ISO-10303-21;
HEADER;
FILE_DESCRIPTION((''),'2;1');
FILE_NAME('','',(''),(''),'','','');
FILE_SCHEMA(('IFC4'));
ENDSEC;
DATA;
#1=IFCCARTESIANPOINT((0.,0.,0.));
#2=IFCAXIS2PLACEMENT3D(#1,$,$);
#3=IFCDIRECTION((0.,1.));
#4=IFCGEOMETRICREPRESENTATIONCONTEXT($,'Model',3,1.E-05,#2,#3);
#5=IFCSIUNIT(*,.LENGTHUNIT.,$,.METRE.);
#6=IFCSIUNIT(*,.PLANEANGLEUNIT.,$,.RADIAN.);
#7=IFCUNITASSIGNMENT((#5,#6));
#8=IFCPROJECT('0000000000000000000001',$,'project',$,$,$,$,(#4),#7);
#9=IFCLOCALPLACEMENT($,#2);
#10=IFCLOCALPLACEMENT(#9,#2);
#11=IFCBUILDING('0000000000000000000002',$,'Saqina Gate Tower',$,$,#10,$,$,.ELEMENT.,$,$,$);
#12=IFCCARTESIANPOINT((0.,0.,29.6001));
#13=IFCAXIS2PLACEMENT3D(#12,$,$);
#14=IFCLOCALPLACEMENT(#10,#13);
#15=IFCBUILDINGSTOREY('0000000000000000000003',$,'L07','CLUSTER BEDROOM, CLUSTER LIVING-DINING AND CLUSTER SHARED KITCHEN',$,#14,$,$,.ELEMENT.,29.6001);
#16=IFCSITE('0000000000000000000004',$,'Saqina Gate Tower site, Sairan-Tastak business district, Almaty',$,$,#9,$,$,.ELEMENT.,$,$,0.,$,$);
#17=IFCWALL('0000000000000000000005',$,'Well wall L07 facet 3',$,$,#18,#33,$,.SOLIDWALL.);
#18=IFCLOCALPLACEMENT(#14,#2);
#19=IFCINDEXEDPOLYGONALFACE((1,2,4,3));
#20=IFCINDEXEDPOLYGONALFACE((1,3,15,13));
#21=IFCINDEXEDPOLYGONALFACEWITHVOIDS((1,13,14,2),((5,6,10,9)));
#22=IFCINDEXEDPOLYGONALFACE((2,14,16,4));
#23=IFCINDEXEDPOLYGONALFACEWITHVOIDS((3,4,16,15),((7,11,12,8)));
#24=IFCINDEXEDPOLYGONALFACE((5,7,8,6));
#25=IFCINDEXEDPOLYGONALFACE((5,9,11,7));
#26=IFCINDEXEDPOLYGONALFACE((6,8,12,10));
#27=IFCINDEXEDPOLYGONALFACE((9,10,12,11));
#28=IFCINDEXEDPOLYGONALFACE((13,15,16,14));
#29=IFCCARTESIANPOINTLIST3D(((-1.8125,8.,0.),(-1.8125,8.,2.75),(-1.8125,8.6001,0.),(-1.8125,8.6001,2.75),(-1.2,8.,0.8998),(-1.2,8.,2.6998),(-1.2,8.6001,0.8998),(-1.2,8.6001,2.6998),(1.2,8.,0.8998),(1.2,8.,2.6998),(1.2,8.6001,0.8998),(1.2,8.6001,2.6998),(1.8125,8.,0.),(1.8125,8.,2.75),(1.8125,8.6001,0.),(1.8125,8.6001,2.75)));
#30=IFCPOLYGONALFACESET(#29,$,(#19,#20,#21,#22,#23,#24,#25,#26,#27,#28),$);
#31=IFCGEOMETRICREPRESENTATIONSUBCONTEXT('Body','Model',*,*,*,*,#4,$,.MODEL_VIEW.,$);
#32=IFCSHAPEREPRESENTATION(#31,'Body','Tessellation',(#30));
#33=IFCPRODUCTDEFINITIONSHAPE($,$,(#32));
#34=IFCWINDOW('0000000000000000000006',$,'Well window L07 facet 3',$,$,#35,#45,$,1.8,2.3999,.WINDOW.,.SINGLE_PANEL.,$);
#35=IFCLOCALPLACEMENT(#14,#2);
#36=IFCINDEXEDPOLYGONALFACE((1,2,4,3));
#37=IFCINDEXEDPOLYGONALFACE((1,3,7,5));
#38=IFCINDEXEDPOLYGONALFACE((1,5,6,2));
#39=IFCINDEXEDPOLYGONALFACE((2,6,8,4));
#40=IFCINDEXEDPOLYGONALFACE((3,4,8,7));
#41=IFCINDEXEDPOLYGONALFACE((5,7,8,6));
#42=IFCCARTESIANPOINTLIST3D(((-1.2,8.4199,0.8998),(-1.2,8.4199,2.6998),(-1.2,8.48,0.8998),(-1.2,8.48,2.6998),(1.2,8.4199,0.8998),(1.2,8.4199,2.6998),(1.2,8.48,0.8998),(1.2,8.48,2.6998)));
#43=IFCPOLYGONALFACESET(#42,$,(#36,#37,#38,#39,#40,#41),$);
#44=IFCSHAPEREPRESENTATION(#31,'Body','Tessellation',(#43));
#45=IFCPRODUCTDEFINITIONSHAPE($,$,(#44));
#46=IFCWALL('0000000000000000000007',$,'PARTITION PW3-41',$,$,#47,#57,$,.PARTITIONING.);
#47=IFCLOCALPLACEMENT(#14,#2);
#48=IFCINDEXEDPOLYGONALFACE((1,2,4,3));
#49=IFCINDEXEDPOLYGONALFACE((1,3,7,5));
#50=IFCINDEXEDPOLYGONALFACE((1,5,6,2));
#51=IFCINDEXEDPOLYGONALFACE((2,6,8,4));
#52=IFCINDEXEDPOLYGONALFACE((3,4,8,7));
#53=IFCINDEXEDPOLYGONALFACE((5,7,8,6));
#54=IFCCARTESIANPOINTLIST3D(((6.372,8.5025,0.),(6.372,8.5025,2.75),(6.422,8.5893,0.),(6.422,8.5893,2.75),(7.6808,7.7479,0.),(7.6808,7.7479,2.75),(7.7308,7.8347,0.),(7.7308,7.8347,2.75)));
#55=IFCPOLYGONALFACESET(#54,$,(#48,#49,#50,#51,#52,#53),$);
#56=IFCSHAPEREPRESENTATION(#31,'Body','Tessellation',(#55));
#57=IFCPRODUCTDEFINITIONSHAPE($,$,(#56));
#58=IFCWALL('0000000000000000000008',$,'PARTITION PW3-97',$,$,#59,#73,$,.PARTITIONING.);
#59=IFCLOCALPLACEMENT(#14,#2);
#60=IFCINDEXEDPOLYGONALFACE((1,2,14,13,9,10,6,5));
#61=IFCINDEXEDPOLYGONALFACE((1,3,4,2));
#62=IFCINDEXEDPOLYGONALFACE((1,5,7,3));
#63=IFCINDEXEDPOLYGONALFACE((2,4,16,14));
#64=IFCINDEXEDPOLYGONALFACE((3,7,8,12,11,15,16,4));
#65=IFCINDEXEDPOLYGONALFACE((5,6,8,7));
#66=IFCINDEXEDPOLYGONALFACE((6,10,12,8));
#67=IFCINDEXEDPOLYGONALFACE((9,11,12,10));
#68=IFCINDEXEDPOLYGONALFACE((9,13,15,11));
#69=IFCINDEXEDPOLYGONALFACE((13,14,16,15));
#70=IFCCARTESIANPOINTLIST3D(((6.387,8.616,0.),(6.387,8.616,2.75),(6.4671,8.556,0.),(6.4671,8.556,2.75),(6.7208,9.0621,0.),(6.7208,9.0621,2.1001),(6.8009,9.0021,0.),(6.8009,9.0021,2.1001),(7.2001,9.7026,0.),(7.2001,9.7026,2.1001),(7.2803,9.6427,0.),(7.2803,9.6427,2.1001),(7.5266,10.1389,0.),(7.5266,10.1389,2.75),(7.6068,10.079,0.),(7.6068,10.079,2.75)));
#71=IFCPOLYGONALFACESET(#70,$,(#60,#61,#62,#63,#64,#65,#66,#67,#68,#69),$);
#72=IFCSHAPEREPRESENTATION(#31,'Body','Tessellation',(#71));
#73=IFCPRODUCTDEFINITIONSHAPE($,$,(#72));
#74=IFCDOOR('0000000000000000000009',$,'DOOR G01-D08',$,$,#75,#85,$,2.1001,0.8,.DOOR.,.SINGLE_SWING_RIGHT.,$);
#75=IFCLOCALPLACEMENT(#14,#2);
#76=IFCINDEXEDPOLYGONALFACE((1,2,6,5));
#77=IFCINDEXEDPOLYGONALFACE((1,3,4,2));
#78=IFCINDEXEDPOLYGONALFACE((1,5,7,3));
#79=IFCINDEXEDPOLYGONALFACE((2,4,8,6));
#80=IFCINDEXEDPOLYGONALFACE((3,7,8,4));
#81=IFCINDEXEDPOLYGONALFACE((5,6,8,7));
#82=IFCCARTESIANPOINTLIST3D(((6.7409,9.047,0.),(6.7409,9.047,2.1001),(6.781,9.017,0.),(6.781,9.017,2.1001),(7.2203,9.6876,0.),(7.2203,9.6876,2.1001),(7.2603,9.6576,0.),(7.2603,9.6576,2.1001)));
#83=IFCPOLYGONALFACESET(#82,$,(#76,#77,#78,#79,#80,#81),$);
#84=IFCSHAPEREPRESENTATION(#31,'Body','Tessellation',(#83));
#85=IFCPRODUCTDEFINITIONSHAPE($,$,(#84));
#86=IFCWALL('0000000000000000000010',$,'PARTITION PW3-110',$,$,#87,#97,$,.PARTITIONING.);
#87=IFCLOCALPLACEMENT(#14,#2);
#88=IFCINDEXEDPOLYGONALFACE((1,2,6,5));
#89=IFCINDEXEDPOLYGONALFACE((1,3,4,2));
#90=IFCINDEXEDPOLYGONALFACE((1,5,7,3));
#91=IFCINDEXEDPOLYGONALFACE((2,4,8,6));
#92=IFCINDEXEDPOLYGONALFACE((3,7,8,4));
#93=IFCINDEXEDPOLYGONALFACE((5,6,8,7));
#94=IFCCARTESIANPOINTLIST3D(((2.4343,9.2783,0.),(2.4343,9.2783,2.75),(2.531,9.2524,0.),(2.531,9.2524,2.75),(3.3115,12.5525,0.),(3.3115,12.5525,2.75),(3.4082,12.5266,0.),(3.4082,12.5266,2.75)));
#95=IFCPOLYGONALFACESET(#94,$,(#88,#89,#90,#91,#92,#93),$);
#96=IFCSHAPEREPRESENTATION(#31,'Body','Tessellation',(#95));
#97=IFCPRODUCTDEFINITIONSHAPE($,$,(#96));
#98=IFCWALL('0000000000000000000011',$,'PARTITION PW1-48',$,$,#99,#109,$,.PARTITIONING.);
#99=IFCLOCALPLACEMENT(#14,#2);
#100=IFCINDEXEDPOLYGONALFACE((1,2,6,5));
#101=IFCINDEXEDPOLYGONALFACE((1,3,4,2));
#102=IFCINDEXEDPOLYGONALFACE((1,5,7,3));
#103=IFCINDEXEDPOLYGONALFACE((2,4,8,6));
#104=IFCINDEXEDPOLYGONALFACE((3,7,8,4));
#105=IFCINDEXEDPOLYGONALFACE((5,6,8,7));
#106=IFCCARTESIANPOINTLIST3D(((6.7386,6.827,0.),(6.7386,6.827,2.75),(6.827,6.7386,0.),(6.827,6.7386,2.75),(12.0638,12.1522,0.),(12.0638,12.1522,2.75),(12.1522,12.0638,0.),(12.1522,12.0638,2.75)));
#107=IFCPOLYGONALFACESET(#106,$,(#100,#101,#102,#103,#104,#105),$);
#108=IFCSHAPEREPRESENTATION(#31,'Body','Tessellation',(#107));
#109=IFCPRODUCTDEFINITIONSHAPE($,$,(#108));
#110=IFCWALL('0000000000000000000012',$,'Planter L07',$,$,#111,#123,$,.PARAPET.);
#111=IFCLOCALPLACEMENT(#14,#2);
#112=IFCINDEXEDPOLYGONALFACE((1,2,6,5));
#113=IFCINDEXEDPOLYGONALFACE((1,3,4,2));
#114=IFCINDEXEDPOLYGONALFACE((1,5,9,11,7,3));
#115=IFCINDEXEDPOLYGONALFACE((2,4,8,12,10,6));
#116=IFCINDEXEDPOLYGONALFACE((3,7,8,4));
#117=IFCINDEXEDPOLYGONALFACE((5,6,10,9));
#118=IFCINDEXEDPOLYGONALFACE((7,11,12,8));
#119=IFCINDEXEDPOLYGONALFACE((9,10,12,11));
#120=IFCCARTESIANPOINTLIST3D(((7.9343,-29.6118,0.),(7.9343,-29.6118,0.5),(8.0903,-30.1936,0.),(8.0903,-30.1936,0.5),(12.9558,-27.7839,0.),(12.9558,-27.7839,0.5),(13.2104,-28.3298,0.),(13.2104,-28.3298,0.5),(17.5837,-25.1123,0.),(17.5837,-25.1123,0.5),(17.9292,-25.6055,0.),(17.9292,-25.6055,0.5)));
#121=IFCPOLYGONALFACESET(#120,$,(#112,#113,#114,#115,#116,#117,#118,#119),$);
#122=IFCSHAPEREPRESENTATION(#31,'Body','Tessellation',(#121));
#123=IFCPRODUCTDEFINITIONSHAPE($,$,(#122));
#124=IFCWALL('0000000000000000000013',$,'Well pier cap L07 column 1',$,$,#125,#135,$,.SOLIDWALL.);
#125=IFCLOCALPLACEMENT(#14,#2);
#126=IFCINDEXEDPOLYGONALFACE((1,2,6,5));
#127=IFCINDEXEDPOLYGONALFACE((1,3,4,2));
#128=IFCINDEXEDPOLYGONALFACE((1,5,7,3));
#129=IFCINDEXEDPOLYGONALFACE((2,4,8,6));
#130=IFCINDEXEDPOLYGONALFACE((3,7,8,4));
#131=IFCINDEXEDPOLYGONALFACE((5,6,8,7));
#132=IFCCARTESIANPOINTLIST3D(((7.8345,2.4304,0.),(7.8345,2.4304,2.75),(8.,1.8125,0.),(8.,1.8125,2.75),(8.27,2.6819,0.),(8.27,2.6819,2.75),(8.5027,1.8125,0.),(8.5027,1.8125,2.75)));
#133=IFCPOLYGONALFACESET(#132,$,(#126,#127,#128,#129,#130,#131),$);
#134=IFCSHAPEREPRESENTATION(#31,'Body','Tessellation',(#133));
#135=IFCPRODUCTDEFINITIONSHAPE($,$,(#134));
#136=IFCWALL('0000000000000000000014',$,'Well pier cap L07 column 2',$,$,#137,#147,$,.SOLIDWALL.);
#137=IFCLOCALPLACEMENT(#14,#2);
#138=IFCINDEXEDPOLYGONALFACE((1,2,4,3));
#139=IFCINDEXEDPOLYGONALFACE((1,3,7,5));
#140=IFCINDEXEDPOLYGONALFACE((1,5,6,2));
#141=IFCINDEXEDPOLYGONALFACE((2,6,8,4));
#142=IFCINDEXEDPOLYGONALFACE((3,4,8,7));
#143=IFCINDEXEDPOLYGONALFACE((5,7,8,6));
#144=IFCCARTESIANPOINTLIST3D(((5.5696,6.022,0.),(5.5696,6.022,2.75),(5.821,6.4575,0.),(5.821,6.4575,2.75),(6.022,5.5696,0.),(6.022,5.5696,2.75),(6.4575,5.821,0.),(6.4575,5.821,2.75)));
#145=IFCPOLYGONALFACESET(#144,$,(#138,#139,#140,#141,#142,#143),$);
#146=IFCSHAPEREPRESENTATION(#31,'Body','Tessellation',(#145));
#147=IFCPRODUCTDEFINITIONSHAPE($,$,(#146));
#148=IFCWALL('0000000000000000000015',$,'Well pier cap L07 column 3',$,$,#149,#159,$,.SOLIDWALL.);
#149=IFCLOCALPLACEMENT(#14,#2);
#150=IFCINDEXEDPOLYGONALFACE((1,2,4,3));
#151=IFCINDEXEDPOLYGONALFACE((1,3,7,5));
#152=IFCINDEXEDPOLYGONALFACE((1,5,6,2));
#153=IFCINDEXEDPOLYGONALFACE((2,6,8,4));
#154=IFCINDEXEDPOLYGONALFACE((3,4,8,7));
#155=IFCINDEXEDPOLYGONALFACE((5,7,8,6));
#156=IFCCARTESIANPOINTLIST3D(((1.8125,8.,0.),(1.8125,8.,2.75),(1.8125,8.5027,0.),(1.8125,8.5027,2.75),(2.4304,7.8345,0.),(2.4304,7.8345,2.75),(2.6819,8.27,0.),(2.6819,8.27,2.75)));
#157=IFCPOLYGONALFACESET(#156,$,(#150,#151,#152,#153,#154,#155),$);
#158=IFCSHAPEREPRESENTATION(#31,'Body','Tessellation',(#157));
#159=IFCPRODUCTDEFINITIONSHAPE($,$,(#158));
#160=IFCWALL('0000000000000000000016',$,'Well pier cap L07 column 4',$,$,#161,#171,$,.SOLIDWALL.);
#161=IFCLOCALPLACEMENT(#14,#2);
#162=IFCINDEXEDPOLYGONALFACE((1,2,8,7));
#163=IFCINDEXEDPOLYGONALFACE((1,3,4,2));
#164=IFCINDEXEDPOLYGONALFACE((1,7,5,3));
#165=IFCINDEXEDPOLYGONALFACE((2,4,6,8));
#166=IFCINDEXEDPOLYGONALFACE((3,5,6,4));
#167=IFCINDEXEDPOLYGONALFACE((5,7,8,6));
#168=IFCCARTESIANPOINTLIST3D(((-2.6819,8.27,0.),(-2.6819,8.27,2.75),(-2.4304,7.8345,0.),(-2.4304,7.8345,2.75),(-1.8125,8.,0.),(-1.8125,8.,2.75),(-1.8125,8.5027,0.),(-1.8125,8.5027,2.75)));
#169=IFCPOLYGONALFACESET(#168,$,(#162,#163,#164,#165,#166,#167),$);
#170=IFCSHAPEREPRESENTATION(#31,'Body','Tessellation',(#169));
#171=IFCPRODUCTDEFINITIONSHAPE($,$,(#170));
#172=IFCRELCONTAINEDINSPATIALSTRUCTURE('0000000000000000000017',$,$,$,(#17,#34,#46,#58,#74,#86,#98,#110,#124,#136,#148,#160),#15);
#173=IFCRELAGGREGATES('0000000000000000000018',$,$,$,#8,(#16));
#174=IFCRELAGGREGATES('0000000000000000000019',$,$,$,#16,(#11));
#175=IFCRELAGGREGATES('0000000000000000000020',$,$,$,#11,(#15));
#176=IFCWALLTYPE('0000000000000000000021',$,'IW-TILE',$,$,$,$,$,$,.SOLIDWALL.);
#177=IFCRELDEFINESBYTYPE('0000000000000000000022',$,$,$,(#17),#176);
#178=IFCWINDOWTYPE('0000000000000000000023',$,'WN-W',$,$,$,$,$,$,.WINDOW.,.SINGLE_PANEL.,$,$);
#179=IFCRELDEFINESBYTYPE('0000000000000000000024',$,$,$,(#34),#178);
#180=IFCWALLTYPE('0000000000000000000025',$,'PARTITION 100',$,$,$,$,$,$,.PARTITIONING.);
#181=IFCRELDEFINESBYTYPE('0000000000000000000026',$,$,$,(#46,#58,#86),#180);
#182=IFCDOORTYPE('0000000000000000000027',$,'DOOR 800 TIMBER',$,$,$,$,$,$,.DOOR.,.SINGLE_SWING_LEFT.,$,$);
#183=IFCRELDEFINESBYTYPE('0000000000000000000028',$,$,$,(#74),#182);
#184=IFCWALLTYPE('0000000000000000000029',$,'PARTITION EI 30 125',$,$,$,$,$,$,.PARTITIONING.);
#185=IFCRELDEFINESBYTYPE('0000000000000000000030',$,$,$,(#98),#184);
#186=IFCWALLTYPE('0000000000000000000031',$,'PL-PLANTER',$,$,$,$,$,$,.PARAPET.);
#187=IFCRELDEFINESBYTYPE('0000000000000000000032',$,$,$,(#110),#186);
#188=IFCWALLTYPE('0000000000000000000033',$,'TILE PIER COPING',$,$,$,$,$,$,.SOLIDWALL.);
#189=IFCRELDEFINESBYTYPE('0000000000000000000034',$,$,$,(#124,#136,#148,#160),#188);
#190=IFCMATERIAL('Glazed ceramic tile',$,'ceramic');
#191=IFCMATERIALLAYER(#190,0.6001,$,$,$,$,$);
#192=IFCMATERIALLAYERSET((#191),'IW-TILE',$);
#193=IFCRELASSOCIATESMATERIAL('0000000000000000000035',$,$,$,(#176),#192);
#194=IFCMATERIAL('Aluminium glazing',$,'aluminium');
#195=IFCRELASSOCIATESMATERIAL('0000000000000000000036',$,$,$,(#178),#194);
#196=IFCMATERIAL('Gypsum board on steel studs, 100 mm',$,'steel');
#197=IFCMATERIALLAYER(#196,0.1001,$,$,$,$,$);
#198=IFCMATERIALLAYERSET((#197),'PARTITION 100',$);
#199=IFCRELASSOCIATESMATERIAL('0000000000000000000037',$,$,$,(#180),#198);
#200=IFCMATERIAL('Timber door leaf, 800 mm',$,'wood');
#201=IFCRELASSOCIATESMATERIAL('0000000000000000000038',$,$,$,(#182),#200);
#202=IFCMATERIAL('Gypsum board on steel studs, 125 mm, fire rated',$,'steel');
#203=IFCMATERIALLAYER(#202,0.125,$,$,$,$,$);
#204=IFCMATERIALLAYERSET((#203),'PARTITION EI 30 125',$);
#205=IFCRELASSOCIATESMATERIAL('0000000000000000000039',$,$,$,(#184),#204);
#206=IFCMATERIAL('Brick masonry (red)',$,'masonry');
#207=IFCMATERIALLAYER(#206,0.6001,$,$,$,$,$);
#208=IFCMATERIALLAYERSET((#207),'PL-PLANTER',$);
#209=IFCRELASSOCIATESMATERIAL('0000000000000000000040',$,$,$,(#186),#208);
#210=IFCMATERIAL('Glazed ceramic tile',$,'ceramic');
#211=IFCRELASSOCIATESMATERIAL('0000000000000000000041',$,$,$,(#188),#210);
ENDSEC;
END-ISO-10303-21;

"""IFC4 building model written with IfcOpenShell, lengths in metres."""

from ifc_helpers import new_model, si_unit, direction, frame, frame_2d, origin, place, context, subcontext, project, spatial, polyline, rectangle, outline, extrude, material, layer, layer_set, type_object, element, fill, save


model = new_model("IFC4")

# Units and contexts
model_context = context("Model", 3, precision=1e-05, world=origin(), true_north=direction((0.0, 1.0)))
body_context = subcontext(model_context, "Body", "Model", "MODEL_VIEW")
ifc_project = project(units=[si_unit("LENGTHUNIT", "METRE"), si_unit("PLANEANGLEUNIT", "RADIAN")], contexts=[model_context])

# Site, building, storey
site_placement = place(None, origin())
site = spatial("IfcSite", under=ifc_project, at=site_placement, Name="Saqina Gate Tower site, Sairan-Tastak business district, Almaty", CompositionType="ELEMENT", RefElevation=0.0)
building_placement = place(site_placement, origin())
building = spatial("IfcBuilding", under=site, at=building_placement, Name="Saqina Gate Tower", CompositionType="ELEMENT")
storey_placement = place(building_placement, frame((0.0, 0.0, 29.6001)))
storey = spatial("IfcBuildingStorey", under=building, at=storey_placement, Name="L07", Description="CLUSTER BEDROOM, CLUSTER LIVING-DINING AND CLUSTER SHARED KITCHEN", CompositionType="ELEMENT", Elevation=29.6001)

# Wall, opening, window
ifc_material_1 = material(Name="Glazed ceramic tile", Category="ceramic")
ifc_layer_1 = layer(ifc_material_1, 0.6001)
ifc_layer_set_1 = layer_set([ifc_layer_1], Name="IW-TILE")
wall_type_1 = type_object("IfcWallType", Name="IW-TILE", PredefinedType="SOLIDWALL", material=ifc_layer_set_1)
ifc_material_2 = material(Name="Aluminium glazing", Category="aluminium")
window_type = type_object("IfcWindowType", Name="WN-W", PartitioningType="SINGLE_PANEL", PredefinedType="WINDOW", material=ifc_material_2)
wall_1_placement = place(storey_placement, frame((1.8125, 8.3, 0.0), z_axis=(0.0, 0.0, 1.0), x_axis=(-1.0, 0.0, 0.0)))
wall_1 = element("IfcWall", 1, at=wall_1_placement, inside=storey, type_object=wall_type_1, Name="Well wall L07 facet 3", PredefinedType="SOLIDWALL", context=body_context, shape_type="SweptSolid", body=[
    extrude(rectangle(XDim=3.625, YDim=0.6001, at=frame_2d((1.8125, 0.0))), origin(), (0.0, 0.0, 1.0), 2.75),
])
opening_1_placement = place(wall_1_placement, frame((0.6125, 0.0, 0.8999)))
opening_1 = element("IfcOpeningElement", 2, at=opening_1_placement, cuts=wall_1, PredefinedType="OPENING", context=body_context, shape_type="SweptSolid", body=[
    extrude(rectangle(XDim=2.3999, YDim=1.8, at=frame_2d((1.2, 0.8999))), frame((0.0, 0.312, 0.0), z_axis=(0.0, -1.0, 0.0), x_axis=(1.0, 0.0, 0.0)), (0.0, 0.0, 1.0), 0.624),
])
window_1_placement = place(opening_1_placement, origin())
window_1 = element("IfcWindow", 3, at=window_1_placement, inside=storey, type_object=window_type, Name="Well window L07 facet 3", OverallHeight=1.8, OverallWidth=2.3999, PartitioningType="SINGLE_PANEL", PredefinedType="WINDOW", context=body_context, shape_type="SweptSolid", body=[
    extrude(rectangle(XDim=2.3999, YDim=1.8, at=frame_2d((1.2, 0.8999))), frame((0.0, -0.1199, 0.0), z_axis=(0.0, -1.0, 0.0), x_axis=(1.0, 0.0, 0.0)), (0.0, 0.0, 1.0), 0.0601),
])
fill(opening_1, window_1)

# Wall
ifc_material_3 = material(Name="Gypsum board on steel studs, 100 mm", Category="steel")
ifc_layer_2 = layer(ifc_material_3, 0.1001)
ifc_layer_set_2 = layer_set([ifc_layer_2], Name="PARTITION 100")
wall_type_2 = type_object("IfcWallType", Name="PARTITION 100", PredefinedType="PARTITIONING", material=ifc_layer_set_2)
wall_2_placement = place(storey_placement, frame((6.397, 8.5459, 0.0), z_axis=(0.0, 0.0, 1.0), x_axis=(0.866317, -0.499494, 0.0)))
element("IfcWall", 4, at=wall_2_placement, inside=storey, type_object=wall_type_2, Name="PARTITION PW3-41", PredefinedType="PARTITIONING", context=body_context, shape_type="SweptSolid", body=[
    extrude(rectangle(XDim=1.5107, YDim=0.1001, at=frame_2d((0.7554, 0.0))), origin(), (0.0, 0.0, 1.0), 2.75),
])

# Wall, opening, door
wall_3_placement = place(storey_placement, frame((6.427, 8.5859, 0.0), z_axis=(0.0, 0.0, 1.0), x_axis=(0.599137, 0.800646, 0.0)))
wall_3 = element("IfcWall", 5, at=wall_3_placement, inside=storey, type_object=wall_type_2, Name="PARTITION PW3-97", PredefinedType="PARTITIONING", context=body_context, shape_type="SweptSolid", body=[
    extrude(rectangle(XDim=1.9021, YDim=0.1001, at=frame_2d((0.9512, 0.0))), origin(), (0.0, 0.0, 1.0), 2.75),
])
opening_2_placement = place(wall_3_placement, frame((0.5574, 0.0, 0.0)))
opening_2 = element("IfcOpeningElement", 6, at=opening_2_placement, cuts=wall_3, PredefinedType="OPENING", context=body_context, shape_type="SweptSolid", body=[
    extrude(rectangle(XDim=0.8, YDim=2.1001, at=frame_2d((0.3999, 1.05))), frame((0.0, 0.062, 0.0), z_axis=(0.0, -1.0, 0.0), x_axis=(1.0, 0.0, 0.0)), (0.0, 0.0, 1.0), 0.124),
])
ifc_material_4 = material(Name="Timber door leaf, 800 mm", Category="wood")
door_type = type_object("IfcDoorType", Name="DOOR 800 TIMBER", OperationType="SINGLE_SWING_LEFT", PredefinedType="DOOR", material=ifc_material_4)
door_placement = place(opening_2_placement, origin())
door = element("IfcDoor", 7, at=door_placement, inside=storey, type_object=door_type, Name="DOOR G01-D08", OperationType="SINGLE_SWING_RIGHT", OverallHeight=2.1001, OverallWidth=0.8, PredefinedType="DOOR", context=body_context, shape_type="SweptSolid", body=[
    extrude(rectangle(XDim=0.8, YDim=2.1001, at=frame_2d((0.3999, 1.05))), frame((0.0, 0.0249, 0.0), z_axis=(0.0, -1.0, 0.0), x_axis=(1.0, 0.0, 0.0)), (0.0, 0.0, 1.0), 0.05),
])
fill(opening_2, door)

# Walls
wall_4_placement = place(storey_placement, frame((2.4827, 9.2654, 0.0), z_axis=(0.0, 0.0, 1.0), x_axis=(0.258788, 0.965934, 0.0)))
element("IfcWall", 8, at=wall_4_placement, inside=storey, type_object=wall_type_2, Name="PARTITION PW3-110", PredefinedType="PARTITIONING", context=body_context, shape_type="SweptSolid", body=[
    extrude(rectangle(XDim=3.3896, YDim=0.1001, at=frame_2d((1.6948, 0.0))), origin(), (0.0, 0.0, 1.0), 2.75),
])
ifc_material_5 = material(Name="Gypsum board on steel studs, 125 mm, fire rated", Category="steel")
ifc_layer_3 = layer(ifc_material_5, 0.125)
ifc_layer_set_3 = layer_set([ifc_layer_3], Name="PARTITION EI 30 125")
wall_type_3 = type_object("IfcWallType", Name="PARTITION EI 30 125", PredefinedType="PARTITIONING", material=ifc_layer_set_3)
wall_5_placement = place(storey_placement, frame((6.7827, 6.7827, 0.0), z_axis=(0.0, 0.0, 1.0), x_axis=(0.707107, 0.707107, 0.0)))
element("IfcWall", 9, at=wall_5_placement, inside=storey, type_object=wall_type_3, Name="PARTITION PW1-48", PredefinedType="PARTITIONING", context=body_context, shape_type="SweptSolid", body=[
    extrude(rectangle(XDim=7.531, YDim=0.125, at=frame_2d((3.7656, 0.0))), origin(), (0.0, 0.0, 1.0), 2.75),
])
ifc_material_6 = material(Name="Brick masonry (red)", Category="masonry")
ifc_layer_4 = layer(ifc_material_6, 0.6001)
ifc_layer_set_4 = layer_set([ifc_layer_4], Name="PL-PLANTER")
wall_type_4 = type_object("IfcWallType", Name="PL-PLANTER", PredefinedType="PARAPET", material=ifc_layer_set_4)
wall_6_placement = place(storey_placement, origin())
element("IfcWall", 10, at=wall_6_placement, inside=storey, type_object=wall_type_4, Name="Planter L07", PredefinedType="PARAPET", context=body_context, shape_type="SweptSolid", body=[
    extrude(outline(polyline([(8.0903, -30.1936), (13.2104, -28.3298), (17.9292, -25.6055), (17.5837, -25.1123), (12.9558, -27.7839), (7.9343, -29.6118), (8.0903, -30.1936)])), origin(), (0.0, 0.0, 1.0), 0.5),
])
ifc_material_7 = material(Name="Glazed ceramic tile", Category="ceramic")
wall_type_5 = type_object("IfcWallType", Name="TILE PIER COPING", PredefinedType="SOLIDWALL", material=ifc_material_7)
wall_7_placement = place(storey_placement, origin())
element("IfcWall", 11, at=wall_7_placement, inside=storey, type_object=wall_type_5, Name="Well pier cap L07 column 1", PredefinedType="SOLIDWALL", context=body_context, shape_type="SweptSolid", body=[
    extrude(outline(polyline([(8.27, 2.6819), (7.8345, 2.4304), (8.0, 1.8125), (8.5027, 1.8125), (8.27, 2.6819)])), origin(), (0.0, 0.0, 1.0), 2.75),
])
wall_8_placement = place(storey_placement, origin())
element("IfcWall", 12, at=wall_8_placement, inside=storey, type_object=wall_type_5, Name="Well pier cap L07 column 2", PredefinedType="SOLIDWALL", context=body_context, shape_type="SweptSolid", body=[
    extrude(outline(polyline([(5.821, 6.4575), (5.5696, 6.022), (6.022, 5.5696), (6.4575, 5.821), (5.821, 6.4575)])), origin(), (0.0, 0.0, 1.0), 2.75),
])
wall_9_placement = place(storey_placement, origin())
element("IfcWall", 13, at=wall_9_placement, inside=storey, type_object=wall_type_5, Name="Well pier cap L07 column 3", PredefinedType="SOLIDWALL", context=body_context, shape_type="SweptSolid", body=[
    extrude(outline(polyline([(1.8125, 8.5027), (1.8125, 8.0), (2.4304, 7.8345), (2.6819, 8.27), (1.8125, 8.5027)])), origin(), (0.0, 0.0, 1.0), 2.75),
])
wall_10_placement = place(storey_placement, origin())
element("IfcWall", 14, at=wall_10_placement, inside=storey, type_object=wall_type_5, Name="Well pier cap L07 column 4", PredefinedType="SOLIDWALL", context=body_context, shape_type="SweptSolid", body=[
    extrude(outline(polyline([(-2.6819, 8.27), (-2.4304, 7.8345), (-1.8125, 8.0), (-1.8125, 8.5027), (-2.6819, 8.27)])), origin(), (0.0, 0.0, 1.0), 2.75),
])

save(model, "model.ifc")
